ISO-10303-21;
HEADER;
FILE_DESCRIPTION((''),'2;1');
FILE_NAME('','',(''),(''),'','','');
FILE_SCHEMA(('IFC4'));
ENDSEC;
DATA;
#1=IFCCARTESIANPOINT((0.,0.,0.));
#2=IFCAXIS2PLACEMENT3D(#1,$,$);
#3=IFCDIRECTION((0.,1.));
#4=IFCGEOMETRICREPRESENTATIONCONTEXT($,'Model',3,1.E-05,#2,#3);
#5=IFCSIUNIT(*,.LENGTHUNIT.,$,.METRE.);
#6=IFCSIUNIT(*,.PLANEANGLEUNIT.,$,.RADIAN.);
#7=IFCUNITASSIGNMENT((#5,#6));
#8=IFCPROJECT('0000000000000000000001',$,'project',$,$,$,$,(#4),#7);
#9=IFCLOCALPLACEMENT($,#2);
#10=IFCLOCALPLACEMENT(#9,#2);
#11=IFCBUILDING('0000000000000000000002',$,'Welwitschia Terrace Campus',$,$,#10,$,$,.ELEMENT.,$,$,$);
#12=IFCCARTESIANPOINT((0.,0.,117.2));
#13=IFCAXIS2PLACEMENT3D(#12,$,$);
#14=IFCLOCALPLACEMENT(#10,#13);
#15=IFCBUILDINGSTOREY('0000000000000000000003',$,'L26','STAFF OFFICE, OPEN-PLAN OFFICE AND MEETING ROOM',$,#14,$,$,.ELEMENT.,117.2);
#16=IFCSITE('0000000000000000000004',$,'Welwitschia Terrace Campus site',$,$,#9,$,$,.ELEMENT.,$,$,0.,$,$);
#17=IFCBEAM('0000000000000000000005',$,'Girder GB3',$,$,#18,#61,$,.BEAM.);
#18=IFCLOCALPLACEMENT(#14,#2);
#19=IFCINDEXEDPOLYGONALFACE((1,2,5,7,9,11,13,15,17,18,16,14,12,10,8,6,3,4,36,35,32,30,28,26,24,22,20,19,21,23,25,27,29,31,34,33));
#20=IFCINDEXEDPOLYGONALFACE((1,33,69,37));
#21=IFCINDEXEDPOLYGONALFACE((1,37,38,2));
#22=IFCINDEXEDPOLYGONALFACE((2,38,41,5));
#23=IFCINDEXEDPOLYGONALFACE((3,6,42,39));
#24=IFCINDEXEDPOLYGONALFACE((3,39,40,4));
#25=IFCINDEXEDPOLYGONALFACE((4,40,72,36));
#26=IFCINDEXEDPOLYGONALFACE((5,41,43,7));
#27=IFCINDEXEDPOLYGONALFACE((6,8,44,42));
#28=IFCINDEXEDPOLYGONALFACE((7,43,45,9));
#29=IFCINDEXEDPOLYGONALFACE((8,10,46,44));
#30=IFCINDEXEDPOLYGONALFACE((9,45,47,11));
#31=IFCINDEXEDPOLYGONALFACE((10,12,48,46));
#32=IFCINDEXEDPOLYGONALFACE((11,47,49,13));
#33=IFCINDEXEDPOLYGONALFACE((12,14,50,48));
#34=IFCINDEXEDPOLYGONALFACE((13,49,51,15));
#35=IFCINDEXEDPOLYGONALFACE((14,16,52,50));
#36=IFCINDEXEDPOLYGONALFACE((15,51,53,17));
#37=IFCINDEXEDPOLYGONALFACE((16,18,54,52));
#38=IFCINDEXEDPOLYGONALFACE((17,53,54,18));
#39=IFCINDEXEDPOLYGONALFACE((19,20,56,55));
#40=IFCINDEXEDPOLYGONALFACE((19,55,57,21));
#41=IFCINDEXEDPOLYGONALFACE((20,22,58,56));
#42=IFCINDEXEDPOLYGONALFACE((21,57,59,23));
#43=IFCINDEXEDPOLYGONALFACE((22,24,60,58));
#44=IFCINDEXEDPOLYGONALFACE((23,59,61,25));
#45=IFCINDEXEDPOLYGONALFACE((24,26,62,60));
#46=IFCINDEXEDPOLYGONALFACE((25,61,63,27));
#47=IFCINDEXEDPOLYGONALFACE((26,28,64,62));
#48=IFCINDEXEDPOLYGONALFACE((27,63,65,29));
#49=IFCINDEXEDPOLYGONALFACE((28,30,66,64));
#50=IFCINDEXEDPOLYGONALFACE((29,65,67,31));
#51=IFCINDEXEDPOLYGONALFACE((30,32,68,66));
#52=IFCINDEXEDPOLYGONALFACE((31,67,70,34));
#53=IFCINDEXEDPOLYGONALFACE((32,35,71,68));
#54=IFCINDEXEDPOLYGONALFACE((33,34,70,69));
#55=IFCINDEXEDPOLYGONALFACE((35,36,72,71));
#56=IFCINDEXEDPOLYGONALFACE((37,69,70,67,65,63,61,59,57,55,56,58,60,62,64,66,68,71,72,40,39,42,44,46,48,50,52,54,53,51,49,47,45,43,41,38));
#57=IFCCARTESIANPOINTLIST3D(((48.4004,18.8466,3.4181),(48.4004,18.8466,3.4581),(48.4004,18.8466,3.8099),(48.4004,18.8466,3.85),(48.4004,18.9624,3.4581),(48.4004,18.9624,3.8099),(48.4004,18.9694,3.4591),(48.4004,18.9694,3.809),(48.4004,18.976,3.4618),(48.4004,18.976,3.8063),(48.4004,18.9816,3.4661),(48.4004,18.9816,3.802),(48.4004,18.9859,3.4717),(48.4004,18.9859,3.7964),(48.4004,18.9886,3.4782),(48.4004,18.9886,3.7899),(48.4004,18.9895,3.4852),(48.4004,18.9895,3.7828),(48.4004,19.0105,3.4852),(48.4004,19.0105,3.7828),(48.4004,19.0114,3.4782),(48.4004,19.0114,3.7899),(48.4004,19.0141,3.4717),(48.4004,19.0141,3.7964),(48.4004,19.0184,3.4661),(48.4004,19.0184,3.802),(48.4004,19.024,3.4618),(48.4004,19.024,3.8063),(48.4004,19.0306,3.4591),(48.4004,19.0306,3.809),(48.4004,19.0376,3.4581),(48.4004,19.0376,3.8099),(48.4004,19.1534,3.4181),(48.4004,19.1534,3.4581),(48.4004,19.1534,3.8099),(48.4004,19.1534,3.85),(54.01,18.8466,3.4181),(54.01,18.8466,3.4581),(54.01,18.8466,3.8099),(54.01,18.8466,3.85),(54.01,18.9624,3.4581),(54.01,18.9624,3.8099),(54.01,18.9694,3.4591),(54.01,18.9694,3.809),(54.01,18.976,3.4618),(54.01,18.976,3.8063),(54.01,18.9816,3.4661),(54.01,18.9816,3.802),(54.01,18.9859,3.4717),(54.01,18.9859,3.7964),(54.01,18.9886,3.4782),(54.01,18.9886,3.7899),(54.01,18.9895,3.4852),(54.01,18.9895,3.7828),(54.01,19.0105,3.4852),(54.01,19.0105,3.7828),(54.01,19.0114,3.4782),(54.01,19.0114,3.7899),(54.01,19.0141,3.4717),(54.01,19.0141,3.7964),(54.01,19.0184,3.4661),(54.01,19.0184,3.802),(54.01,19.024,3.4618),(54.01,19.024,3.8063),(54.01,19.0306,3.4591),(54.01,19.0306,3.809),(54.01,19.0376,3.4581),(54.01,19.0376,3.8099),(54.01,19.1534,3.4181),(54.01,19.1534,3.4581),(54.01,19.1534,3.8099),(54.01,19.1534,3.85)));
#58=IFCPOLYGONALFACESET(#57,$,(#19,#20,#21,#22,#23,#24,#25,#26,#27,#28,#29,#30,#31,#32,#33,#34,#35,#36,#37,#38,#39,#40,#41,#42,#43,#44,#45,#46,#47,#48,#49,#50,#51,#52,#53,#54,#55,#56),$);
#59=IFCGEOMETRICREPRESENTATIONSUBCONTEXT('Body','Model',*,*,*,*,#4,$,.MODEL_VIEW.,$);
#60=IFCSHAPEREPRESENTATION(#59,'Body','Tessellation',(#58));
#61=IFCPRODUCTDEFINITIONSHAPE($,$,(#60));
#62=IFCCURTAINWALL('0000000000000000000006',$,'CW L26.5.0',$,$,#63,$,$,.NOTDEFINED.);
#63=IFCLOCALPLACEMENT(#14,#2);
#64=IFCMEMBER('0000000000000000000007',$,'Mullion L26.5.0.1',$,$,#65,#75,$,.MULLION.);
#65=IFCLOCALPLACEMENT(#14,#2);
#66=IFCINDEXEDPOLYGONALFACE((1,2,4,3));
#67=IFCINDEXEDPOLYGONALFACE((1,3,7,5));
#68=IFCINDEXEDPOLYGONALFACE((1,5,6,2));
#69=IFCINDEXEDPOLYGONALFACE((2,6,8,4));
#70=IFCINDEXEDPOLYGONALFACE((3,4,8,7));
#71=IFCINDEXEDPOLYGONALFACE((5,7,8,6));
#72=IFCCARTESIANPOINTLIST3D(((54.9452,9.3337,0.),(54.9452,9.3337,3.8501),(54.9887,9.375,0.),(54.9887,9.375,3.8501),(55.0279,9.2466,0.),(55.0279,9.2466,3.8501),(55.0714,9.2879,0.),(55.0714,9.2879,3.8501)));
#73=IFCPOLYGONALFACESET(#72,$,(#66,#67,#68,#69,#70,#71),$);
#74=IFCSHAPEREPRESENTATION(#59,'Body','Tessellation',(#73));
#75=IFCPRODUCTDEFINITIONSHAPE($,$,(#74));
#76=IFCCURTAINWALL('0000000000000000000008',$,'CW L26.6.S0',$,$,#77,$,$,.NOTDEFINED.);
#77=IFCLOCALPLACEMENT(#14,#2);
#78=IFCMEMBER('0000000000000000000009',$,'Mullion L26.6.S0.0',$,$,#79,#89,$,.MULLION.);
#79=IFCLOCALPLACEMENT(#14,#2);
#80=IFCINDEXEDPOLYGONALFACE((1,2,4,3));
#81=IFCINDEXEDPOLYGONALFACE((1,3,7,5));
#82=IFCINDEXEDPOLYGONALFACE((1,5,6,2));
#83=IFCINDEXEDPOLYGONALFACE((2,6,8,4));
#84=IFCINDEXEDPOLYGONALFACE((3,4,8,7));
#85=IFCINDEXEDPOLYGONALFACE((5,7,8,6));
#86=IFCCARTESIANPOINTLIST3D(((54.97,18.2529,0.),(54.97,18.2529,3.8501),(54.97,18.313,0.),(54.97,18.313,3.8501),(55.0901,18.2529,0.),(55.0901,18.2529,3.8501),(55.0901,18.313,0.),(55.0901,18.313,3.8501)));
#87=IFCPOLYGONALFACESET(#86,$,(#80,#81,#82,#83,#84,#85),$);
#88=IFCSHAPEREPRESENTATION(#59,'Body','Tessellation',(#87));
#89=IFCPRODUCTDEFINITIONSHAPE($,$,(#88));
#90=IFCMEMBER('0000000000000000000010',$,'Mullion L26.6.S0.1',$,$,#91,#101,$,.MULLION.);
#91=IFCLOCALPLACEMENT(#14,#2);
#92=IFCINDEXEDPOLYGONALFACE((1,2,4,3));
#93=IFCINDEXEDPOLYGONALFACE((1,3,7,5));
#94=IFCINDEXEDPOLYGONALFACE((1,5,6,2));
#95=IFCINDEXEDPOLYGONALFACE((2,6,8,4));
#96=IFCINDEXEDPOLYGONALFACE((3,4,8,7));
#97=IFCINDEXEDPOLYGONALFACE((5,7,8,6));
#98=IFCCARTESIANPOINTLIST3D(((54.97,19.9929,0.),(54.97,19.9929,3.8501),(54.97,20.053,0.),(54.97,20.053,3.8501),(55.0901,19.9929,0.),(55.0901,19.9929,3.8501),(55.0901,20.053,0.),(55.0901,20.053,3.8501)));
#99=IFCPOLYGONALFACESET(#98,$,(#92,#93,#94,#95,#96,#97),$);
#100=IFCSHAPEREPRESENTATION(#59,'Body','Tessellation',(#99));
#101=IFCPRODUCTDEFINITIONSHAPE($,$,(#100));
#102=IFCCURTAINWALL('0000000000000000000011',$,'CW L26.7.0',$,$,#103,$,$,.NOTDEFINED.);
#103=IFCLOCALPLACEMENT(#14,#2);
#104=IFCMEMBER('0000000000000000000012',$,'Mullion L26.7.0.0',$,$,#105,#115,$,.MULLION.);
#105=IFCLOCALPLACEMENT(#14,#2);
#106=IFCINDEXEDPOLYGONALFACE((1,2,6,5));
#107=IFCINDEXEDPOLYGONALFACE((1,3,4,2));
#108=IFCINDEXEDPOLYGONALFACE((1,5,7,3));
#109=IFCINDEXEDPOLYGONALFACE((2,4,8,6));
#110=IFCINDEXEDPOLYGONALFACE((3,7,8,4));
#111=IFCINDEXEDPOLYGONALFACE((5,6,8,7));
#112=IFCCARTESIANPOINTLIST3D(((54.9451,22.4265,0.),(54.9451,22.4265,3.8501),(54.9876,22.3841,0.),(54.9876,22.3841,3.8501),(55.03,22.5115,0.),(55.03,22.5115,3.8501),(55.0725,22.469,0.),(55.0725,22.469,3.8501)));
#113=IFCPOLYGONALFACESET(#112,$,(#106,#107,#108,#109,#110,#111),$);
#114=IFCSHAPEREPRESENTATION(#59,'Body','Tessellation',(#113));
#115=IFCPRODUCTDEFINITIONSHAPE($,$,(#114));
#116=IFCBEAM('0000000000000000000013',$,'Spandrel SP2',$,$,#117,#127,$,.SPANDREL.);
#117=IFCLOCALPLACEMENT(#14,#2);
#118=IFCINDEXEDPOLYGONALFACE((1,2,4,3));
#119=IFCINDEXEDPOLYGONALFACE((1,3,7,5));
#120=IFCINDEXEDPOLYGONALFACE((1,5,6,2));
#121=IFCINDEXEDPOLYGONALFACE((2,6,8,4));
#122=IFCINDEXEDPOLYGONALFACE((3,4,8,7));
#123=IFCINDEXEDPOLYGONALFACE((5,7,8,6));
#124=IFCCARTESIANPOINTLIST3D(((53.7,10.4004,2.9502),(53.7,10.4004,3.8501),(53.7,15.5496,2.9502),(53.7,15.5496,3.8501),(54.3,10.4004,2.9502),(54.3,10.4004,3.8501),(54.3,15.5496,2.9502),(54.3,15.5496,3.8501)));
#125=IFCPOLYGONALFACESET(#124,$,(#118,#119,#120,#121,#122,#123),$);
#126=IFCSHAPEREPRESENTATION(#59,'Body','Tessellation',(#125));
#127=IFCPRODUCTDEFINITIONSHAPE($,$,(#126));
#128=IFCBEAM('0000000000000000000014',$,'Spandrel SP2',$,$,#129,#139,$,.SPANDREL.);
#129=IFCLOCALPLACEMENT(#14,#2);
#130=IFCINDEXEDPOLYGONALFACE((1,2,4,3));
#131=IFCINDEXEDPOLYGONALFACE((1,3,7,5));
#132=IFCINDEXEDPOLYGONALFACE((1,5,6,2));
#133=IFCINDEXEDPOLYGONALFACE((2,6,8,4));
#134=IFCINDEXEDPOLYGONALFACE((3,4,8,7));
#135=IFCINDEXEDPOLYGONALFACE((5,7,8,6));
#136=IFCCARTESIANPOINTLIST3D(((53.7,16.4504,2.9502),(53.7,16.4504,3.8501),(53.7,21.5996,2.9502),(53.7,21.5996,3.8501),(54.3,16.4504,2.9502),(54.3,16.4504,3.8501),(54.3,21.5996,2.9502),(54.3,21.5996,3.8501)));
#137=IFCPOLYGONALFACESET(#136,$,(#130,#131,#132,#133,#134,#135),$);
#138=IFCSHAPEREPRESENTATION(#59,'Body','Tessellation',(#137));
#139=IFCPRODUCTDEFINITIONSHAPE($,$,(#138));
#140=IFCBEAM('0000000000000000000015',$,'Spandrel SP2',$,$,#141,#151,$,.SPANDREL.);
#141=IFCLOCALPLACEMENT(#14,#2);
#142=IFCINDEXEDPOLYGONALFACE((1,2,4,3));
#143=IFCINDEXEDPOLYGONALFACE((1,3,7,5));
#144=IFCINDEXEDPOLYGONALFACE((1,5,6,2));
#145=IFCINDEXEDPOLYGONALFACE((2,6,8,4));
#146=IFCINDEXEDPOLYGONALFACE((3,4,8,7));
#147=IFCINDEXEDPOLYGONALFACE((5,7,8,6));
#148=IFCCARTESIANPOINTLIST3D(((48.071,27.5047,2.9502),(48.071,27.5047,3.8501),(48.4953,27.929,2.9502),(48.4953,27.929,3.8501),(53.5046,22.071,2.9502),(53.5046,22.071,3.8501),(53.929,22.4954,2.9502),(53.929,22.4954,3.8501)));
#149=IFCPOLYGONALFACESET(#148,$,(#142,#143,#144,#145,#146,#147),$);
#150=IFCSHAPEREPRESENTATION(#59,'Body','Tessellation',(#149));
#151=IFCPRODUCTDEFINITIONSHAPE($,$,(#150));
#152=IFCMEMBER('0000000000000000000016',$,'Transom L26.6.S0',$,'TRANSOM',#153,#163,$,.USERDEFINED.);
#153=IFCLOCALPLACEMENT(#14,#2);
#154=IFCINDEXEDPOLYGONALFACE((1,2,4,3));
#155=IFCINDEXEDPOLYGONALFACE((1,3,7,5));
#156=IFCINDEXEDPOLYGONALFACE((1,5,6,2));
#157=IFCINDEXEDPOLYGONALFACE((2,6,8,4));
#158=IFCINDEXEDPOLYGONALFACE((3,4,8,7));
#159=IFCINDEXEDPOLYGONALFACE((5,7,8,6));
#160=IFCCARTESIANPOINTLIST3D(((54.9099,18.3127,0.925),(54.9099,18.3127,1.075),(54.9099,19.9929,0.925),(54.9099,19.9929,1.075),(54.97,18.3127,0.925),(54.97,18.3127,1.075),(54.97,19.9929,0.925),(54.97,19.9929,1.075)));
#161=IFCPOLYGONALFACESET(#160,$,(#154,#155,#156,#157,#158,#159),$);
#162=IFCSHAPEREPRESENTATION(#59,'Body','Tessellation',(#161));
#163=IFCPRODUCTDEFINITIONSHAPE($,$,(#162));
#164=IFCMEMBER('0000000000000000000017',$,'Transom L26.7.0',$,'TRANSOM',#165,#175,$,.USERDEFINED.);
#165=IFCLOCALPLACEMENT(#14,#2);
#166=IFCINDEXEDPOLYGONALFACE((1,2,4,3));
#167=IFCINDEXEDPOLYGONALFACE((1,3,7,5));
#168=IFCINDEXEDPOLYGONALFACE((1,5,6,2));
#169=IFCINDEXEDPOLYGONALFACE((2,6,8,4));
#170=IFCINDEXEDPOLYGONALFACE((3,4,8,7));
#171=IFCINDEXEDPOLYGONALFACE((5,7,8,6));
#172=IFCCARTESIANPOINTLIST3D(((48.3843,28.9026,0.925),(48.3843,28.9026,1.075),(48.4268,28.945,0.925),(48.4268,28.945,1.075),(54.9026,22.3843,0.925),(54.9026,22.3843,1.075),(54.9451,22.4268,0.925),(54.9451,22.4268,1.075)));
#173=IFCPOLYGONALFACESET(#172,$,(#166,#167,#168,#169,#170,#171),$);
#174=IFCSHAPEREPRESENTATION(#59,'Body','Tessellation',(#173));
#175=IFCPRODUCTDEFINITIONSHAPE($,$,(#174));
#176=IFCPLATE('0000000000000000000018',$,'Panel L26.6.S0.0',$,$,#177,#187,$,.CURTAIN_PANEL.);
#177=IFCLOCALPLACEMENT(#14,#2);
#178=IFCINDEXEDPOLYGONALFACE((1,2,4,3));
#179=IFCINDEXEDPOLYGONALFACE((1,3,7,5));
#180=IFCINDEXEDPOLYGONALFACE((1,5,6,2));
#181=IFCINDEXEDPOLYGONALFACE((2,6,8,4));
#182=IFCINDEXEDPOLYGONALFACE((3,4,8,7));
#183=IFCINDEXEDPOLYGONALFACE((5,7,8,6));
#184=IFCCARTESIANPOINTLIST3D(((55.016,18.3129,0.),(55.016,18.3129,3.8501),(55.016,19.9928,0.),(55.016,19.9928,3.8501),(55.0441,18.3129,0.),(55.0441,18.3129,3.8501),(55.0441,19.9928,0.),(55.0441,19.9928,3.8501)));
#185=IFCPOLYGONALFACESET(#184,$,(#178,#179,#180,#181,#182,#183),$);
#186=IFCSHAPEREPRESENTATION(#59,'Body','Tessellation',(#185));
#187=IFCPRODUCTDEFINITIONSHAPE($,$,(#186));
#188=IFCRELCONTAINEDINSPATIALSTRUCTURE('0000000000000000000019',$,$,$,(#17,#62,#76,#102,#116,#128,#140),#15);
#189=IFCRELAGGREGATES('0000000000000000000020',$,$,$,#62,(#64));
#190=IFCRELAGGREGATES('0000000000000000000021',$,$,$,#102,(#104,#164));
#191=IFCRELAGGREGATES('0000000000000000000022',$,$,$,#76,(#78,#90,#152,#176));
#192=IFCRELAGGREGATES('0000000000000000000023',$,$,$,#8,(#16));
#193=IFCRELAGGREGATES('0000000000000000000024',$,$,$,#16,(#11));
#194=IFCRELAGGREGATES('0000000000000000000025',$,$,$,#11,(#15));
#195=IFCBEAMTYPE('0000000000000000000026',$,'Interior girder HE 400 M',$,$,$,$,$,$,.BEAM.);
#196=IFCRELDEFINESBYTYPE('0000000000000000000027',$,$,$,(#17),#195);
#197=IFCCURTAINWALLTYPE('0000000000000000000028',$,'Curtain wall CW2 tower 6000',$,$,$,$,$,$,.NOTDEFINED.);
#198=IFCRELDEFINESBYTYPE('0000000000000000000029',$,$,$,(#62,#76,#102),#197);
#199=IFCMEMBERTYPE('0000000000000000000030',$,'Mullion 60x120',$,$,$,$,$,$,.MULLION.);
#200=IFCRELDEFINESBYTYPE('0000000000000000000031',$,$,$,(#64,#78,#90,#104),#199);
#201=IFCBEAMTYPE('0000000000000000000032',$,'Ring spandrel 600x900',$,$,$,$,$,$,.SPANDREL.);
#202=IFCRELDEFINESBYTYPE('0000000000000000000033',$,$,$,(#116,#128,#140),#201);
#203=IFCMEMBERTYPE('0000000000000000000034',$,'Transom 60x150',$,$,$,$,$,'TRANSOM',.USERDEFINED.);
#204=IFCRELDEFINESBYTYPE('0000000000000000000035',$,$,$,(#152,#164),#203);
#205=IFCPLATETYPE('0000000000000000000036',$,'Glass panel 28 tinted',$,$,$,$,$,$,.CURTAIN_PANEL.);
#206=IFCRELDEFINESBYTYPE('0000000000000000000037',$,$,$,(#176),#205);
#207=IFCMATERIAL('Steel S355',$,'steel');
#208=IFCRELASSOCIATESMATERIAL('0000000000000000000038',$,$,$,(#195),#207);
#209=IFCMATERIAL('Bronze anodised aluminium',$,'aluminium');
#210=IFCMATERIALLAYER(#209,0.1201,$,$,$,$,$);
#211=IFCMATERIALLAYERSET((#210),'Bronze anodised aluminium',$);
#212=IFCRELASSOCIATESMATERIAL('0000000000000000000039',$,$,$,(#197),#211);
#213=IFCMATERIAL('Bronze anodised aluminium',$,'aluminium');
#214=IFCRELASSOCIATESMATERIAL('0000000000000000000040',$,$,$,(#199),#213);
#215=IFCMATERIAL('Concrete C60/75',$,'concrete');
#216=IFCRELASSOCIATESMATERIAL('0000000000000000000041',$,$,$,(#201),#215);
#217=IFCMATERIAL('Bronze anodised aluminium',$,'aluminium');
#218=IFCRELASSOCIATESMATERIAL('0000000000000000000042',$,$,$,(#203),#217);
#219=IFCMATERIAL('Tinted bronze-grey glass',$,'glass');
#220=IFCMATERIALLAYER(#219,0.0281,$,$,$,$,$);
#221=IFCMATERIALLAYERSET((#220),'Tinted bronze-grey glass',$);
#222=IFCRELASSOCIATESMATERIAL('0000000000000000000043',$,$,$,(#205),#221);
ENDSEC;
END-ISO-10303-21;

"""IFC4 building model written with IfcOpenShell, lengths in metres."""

from ifc_helpers import new_model, si_unit, direction, frame, origin, origin_2d, place, context, subcontext, project, spatial, rectangle, i_section, extrude, material, layer, layer_set, material_profile, profile_set, type_object, element, aggregate, save


model = new_model("IFC4")

# Units and contexts
model_context = context("Model", 3, precision=1e-05, world=origin(), true_north=direction((0.0, 1.0)))
body_context = subcontext(model_context, "Body", "Model", "MODEL_VIEW")
ifc_project = project(units=[si_unit("LENGTHUNIT", "METRE"), si_unit("PLANEANGLEUNIT", "RADIAN")], contexts=[model_context])

# Site, building, storey
site_placement = place(None, origin())
site = spatial("IfcSite", under=ifc_project, at=site_placement, Name="Welwitschia Terrace Campus site", CompositionType="ELEMENT", RefElevation=0.0)
building_placement = place(site_placement, origin())
building = spatial("IfcBuilding", under=site, at=building_placement, Name="Welwitschia Terrace Campus", CompositionType="ELEMENT")
storey_placement = place(building_placement, frame((0.0, 0.0, 117.2)))
storey = spatial("IfcBuildingStorey", under=building, at=storey_placement, Name="L26", Description="STAFF OFFICE, OPEN-PLAN OFFICE AND MEETING ROOM", CompositionType="ELEMENT", Elevation=117.2)

# Beam
ifc_material_1 = material(Name="Steel S355", Category="steel")
ifc_material_profile_1 = material_profile(ifc_material_1, i_section(OverallWidth=0.3069, OverallDepth=0.4319, WebThickness=0.021, FlangeThickness=0.04, FilletRadius=0.0271, at=origin_2d()))
ifc_profile_set_1 = profile_set([ifc_material_profile_1], Name="Steel S355")
beam_type_1 = type_object("IfcBeamType", Name="Interior girder HE 400 M", PredefinedType="BEAM", material=ifc_profile_set_1)
for number, where, z_axis, x_axis, name in (
    (1, (48.4004, 19.0, 3.634), (1.0, 0.0, 0.0), (0.0, 1.0, 0.0), "Girder GB3"),
):
    element("IfcBeam", number, at=place(storey_placement, frame(where, z_axis=z_axis, x_axis=x_axis)), inside=storey, type_object=beam_type_1, Name=name, PredefinedType="BEAM", context=body_context, shape_type="SweptSolid", body=[
        extrude(i_section(OverallWidth=0.3069, OverallDepth=0.4319, WebThickness=0.021, FlangeThickness=0.04, FilletRadius=0.0271, at=origin_2d()), origin(), (0.0, 0.0, 1.0), 5.6096),
    ])

# Curtain wall, member
ifc_material_2 = material(Name="Bronze anodised aluminium", Category="aluminium")
ifc_layer_1 = layer(ifc_material_2, 0.1201)
ifc_layer_set_1 = layer_set([ifc_layer_1], Name="Bronze anodised aluminium")
curtain_wall_type = type_object("IfcCurtainWallType", Name="Curtain wall CW2 tower 6000", PredefinedType="NOTDEFINED", material=ifc_layer_set_1)
curtain_wall_1_placement = place(storey_placement, origin())
curtain_wall_1 = element("IfcCurtainWall", 2, at=curtain_wall_1_placement, inside=storey, type_object=curtain_wall_type, Name="CW L26.5.0", PredefinedType="NOTDEFINED")
ifc_material_3 = material(Name="Bronze anodised aluminium", Category="aluminium")
ifc_material_profile_2 = material_profile(ifc_material_3, rectangle(XDim=0.1201, YDim=0.0601, at=origin_2d()))
ifc_profile_set_2 = profile_set([ifc_material_profile_2], Name="Bronze anodised aluminium")
member_type_1 = type_object("IfcMemberType", Name="Mullion 60x120", PredefinedType="MULLION", material=ifc_profile_set_2)
member_1_placement = place(storey_placement, frame((55.0083, 9.3108, 0.0), z_axis=(0.0, 0.0, 1.0), x_axis=(-0.688355, 0.725374, 0.0)))
member_1 = element("IfcMember", 3, at=member_1_placement, type_object=member_type_1, Name="Mullion L26.5.0.1", PredefinedType="MULLION", context=body_context, shape_type="SweptSolid", body=[
    extrude(rectangle(XDim=0.1201, YDim=0.0601, at=origin_2d()), origin(), (0.0, 0.0, 1.0), 3.8501),
])
aggregate(curtain_wall_1, [member_1])

# Curtain wall, members
curtain_wall_2_placement = place(storey_placement, origin())
curtain_wall_2 = element("IfcCurtainWall", 4, at=curtain_wall_2_placement, inside=storey, type_object=curtain_wall_type, Name="CW L26.6.S0", PredefinedType="NOTDEFINED")
member_2_placement = place(storey_placement, frame((55.03, 18.283, 0.0), z_axis=(0.0, 0.0, 1.0), x_axis=(-1.0, 0.0, 0.0)))
member_2 = element("IfcMember", 5, at=member_2_placement, type_object=member_type_1, Name="Mullion L26.6.S0.0", PredefinedType="MULLION", context=body_context, shape_type="SweptSolid", body=[
    extrude(rectangle(XDim=0.1201, YDim=0.0601, at=origin_2d()), origin(), (0.0, 0.0, 1.0), 3.8501),
])
member_3_placement = place(storey_placement, frame((55.03, 20.0229, 0.0), z_axis=(0.0, 0.0, 1.0), x_axis=(-1.0, 0.0, 0.0)))
member_3 = element("IfcMember", 6, at=member_3_placement, type_object=member_type_1, Name="Mullion L26.6.S0.1", PredefinedType="MULLION", context=body_context, shape_type="SweptSolid", body=[
    extrude(rectangle(XDim=0.1201, YDim=0.0601, at=origin_2d()), origin(), (0.0, 0.0, 1.0), 3.8501),
])

# Curtain wall, member
curtain_wall_3_placement = place(storey_placement, origin())
curtain_wall_3 = element("IfcCurtainWall", 7, at=curtain_wall_3_placement, inside=storey, type_object=curtain_wall_type, Name="CW L26.7.0", PredefinedType="NOTDEFINED")
member_4_placement = place(storey_placement, frame((55.0088, 22.4478, 0.0), z_axis=(0.0, 0.0, 1.0), x_axis=(-0.707107, -0.707107, 0.0)))
member_4 = element("IfcMember", 8, at=member_4_placement, type_object=member_type_1, Name="Mullion L26.7.0.0", PredefinedType="MULLION", context=body_context, shape_type="SweptSolid", body=[
    extrude(rectangle(XDim=0.1201, YDim=0.0601, at=origin_2d()), origin(), (0.0, 0.0, 1.0), 3.8501),
])

# Beams
ifc_material_4 = material(Name="Concrete C60/75", Category="concrete")
ifc_material_profile_3 = material_profile(ifc_material_4, rectangle(XDim=0.6001, YDim=0.8999, at=origin_2d()))
ifc_profile_set_3 = profile_set([ifc_material_profile_3], Name="Concrete C60/75")
beam_type_2 = type_object("IfcBeamType", Name="Ring spandrel 600x900", PredefinedType="SPANDREL", material=ifc_profile_set_3)
for number, where, z_axis, x_axis, name in (
    (9, (54.0, 10.4004, 3.4001), (0.0, 1.0, 0.0), (-1.0, 0.0, 0.0), "Spandrel SP2"),
    (10, (54.0, 16.4504, 3.4001), (0.0, 1.0, 0.0), (-1.0, 0.0, 0.0), "Spandrel SP2"),
):
    element("IfcBeam", number, at=place(storey_placement, frame(where, z_axis=z_axis, x_axis=x_axis)), inside=storey, type_object=beam_type_2, Name=name, PredefinedType="SPANDREL", context=body_context, shape_type="SweptSolid", body=[
        extrude(rectangle(XDim=0.6001, YDim=0.8999, at=origin_2d()), origin(), (0.0, 0.0, 1.0), 5.1492),
    ])
beam_placement = place(storey_placement, frame((53.7168, 22.2832, 3.4001), z_axis=(-0.707107, 0.707107, 0.0), x_axis=(-0.707107, -0.707107, 0.0)))
element("IfcBeam", 11, at=beam_placement, inside=storey, type_object=beam_type_2, Name="Spandrel SP2", PredefinedType="SPANDREL", context=body_context, shape_type="SweptSolid", body=[
    extrude(rectangle(XDim=0.6001, YDim=0.8999, at=origin_2d()), origin(), (0.0, 0.0, 1.0), 7.6843),
])

# Members
ifc_material_5 = material(Name="Bronze anodised aluminium", Category="aluminium")
ifc_material_profile_4 = material_profile(ifc_material_5, rectangle(XDim=0.0601, YDim=0.1499, at=origin_2d()))
ifc_profile_set_4 = profile_set([ifc_material_profile_4], Name="Bronze anodised aluminium")
member_type_2 = type_object("IfcMemberType", Name="Transom 60x150", ElementType="TRANSOM", PredefinedType="USERDEFINED", material=ifc_profile_set_4)
member_5_placement = place(storey_placement, frame((54.9399, 18.3127, 1.0), z_axis=(0.0, 1.0, 0.0), x_axis=(-1.0, 0.0, 0.0)))
member_5 = element("IfcMember", 12, at=member_5_placement, type_object=member_type_2, Name="Transom L26.6.S0", ObjectType="TRANSOM", PredefinedType="USERDEFINED", context=body_context, shape_type="SweptSolid", body=[
    extrude(rectangle(XDim=0.0601, YDim=0.1499, at=origin_2d()), origin(), (0.0, 0.0, 1.0), 1.6802),
])
member_6_placement = place(storey_placement, frame((54.9238, 22.4055, 1.0), z_axis=(-0.707107, 0.707107, 0.0), x_axis=(-0.707107, -0.707107, 0.0)))
member_6 = element("IfcMember", 13, at=member_6_placement, type_object=member_type_2, Name="Transom L26.7.0", ObjectType="TRANSOM", PredefinedType="USERDEFINED", context=body_context, shape_type="SweptSolid", body=[
    extrude(rectangle(XDim=0.0601, YDim=0.1499, at=origin_2d()), origin(), (0.0, 0.0, 1.0), 9.2183),
])
aggregate(curtain_wall_3, [member_4, member_6])

# Plate
ifc_material_6 = material(Name="Tinted bronze-grey glass", Category="glass")
ifc_layer_2 = layer(ifc_material_6, 0.0281)
ifc_layer_set_2 = layer_set([ifc_layer_2], Name="Tinted bronze-grey glass")
plate_type = type_object("IfcPlateType", Name="Glass panel 28 tinted", PredefinedType="CURTAIN_PANEL", material=ifc_layer_set_2)
plate_placement = place(storey_placement, frame((55.03, 19.1528, 0.0), z_axis=(0.0, 0.0, 1.0), x_axis=(0.0, 1.0, 0.0)))
plate = element("IfcPlate", 14, at=plate_placement, type_object=plate_type, Name="Panel L26.6.S0.0", PredefinedType="CURTAIN_PANEL", context=body_context, shape_type="SweptSolid", body=[
    extrude(rectangle(XDim=1.6799, YDim=0.0281, at=origin_2d()), origin(), (0.0, 0.0, 1.0), 3.8501),
])
aggregate(curtain_wall_2, [member_2, member_3, member_5, plate])

save(model, "model.ifc")
